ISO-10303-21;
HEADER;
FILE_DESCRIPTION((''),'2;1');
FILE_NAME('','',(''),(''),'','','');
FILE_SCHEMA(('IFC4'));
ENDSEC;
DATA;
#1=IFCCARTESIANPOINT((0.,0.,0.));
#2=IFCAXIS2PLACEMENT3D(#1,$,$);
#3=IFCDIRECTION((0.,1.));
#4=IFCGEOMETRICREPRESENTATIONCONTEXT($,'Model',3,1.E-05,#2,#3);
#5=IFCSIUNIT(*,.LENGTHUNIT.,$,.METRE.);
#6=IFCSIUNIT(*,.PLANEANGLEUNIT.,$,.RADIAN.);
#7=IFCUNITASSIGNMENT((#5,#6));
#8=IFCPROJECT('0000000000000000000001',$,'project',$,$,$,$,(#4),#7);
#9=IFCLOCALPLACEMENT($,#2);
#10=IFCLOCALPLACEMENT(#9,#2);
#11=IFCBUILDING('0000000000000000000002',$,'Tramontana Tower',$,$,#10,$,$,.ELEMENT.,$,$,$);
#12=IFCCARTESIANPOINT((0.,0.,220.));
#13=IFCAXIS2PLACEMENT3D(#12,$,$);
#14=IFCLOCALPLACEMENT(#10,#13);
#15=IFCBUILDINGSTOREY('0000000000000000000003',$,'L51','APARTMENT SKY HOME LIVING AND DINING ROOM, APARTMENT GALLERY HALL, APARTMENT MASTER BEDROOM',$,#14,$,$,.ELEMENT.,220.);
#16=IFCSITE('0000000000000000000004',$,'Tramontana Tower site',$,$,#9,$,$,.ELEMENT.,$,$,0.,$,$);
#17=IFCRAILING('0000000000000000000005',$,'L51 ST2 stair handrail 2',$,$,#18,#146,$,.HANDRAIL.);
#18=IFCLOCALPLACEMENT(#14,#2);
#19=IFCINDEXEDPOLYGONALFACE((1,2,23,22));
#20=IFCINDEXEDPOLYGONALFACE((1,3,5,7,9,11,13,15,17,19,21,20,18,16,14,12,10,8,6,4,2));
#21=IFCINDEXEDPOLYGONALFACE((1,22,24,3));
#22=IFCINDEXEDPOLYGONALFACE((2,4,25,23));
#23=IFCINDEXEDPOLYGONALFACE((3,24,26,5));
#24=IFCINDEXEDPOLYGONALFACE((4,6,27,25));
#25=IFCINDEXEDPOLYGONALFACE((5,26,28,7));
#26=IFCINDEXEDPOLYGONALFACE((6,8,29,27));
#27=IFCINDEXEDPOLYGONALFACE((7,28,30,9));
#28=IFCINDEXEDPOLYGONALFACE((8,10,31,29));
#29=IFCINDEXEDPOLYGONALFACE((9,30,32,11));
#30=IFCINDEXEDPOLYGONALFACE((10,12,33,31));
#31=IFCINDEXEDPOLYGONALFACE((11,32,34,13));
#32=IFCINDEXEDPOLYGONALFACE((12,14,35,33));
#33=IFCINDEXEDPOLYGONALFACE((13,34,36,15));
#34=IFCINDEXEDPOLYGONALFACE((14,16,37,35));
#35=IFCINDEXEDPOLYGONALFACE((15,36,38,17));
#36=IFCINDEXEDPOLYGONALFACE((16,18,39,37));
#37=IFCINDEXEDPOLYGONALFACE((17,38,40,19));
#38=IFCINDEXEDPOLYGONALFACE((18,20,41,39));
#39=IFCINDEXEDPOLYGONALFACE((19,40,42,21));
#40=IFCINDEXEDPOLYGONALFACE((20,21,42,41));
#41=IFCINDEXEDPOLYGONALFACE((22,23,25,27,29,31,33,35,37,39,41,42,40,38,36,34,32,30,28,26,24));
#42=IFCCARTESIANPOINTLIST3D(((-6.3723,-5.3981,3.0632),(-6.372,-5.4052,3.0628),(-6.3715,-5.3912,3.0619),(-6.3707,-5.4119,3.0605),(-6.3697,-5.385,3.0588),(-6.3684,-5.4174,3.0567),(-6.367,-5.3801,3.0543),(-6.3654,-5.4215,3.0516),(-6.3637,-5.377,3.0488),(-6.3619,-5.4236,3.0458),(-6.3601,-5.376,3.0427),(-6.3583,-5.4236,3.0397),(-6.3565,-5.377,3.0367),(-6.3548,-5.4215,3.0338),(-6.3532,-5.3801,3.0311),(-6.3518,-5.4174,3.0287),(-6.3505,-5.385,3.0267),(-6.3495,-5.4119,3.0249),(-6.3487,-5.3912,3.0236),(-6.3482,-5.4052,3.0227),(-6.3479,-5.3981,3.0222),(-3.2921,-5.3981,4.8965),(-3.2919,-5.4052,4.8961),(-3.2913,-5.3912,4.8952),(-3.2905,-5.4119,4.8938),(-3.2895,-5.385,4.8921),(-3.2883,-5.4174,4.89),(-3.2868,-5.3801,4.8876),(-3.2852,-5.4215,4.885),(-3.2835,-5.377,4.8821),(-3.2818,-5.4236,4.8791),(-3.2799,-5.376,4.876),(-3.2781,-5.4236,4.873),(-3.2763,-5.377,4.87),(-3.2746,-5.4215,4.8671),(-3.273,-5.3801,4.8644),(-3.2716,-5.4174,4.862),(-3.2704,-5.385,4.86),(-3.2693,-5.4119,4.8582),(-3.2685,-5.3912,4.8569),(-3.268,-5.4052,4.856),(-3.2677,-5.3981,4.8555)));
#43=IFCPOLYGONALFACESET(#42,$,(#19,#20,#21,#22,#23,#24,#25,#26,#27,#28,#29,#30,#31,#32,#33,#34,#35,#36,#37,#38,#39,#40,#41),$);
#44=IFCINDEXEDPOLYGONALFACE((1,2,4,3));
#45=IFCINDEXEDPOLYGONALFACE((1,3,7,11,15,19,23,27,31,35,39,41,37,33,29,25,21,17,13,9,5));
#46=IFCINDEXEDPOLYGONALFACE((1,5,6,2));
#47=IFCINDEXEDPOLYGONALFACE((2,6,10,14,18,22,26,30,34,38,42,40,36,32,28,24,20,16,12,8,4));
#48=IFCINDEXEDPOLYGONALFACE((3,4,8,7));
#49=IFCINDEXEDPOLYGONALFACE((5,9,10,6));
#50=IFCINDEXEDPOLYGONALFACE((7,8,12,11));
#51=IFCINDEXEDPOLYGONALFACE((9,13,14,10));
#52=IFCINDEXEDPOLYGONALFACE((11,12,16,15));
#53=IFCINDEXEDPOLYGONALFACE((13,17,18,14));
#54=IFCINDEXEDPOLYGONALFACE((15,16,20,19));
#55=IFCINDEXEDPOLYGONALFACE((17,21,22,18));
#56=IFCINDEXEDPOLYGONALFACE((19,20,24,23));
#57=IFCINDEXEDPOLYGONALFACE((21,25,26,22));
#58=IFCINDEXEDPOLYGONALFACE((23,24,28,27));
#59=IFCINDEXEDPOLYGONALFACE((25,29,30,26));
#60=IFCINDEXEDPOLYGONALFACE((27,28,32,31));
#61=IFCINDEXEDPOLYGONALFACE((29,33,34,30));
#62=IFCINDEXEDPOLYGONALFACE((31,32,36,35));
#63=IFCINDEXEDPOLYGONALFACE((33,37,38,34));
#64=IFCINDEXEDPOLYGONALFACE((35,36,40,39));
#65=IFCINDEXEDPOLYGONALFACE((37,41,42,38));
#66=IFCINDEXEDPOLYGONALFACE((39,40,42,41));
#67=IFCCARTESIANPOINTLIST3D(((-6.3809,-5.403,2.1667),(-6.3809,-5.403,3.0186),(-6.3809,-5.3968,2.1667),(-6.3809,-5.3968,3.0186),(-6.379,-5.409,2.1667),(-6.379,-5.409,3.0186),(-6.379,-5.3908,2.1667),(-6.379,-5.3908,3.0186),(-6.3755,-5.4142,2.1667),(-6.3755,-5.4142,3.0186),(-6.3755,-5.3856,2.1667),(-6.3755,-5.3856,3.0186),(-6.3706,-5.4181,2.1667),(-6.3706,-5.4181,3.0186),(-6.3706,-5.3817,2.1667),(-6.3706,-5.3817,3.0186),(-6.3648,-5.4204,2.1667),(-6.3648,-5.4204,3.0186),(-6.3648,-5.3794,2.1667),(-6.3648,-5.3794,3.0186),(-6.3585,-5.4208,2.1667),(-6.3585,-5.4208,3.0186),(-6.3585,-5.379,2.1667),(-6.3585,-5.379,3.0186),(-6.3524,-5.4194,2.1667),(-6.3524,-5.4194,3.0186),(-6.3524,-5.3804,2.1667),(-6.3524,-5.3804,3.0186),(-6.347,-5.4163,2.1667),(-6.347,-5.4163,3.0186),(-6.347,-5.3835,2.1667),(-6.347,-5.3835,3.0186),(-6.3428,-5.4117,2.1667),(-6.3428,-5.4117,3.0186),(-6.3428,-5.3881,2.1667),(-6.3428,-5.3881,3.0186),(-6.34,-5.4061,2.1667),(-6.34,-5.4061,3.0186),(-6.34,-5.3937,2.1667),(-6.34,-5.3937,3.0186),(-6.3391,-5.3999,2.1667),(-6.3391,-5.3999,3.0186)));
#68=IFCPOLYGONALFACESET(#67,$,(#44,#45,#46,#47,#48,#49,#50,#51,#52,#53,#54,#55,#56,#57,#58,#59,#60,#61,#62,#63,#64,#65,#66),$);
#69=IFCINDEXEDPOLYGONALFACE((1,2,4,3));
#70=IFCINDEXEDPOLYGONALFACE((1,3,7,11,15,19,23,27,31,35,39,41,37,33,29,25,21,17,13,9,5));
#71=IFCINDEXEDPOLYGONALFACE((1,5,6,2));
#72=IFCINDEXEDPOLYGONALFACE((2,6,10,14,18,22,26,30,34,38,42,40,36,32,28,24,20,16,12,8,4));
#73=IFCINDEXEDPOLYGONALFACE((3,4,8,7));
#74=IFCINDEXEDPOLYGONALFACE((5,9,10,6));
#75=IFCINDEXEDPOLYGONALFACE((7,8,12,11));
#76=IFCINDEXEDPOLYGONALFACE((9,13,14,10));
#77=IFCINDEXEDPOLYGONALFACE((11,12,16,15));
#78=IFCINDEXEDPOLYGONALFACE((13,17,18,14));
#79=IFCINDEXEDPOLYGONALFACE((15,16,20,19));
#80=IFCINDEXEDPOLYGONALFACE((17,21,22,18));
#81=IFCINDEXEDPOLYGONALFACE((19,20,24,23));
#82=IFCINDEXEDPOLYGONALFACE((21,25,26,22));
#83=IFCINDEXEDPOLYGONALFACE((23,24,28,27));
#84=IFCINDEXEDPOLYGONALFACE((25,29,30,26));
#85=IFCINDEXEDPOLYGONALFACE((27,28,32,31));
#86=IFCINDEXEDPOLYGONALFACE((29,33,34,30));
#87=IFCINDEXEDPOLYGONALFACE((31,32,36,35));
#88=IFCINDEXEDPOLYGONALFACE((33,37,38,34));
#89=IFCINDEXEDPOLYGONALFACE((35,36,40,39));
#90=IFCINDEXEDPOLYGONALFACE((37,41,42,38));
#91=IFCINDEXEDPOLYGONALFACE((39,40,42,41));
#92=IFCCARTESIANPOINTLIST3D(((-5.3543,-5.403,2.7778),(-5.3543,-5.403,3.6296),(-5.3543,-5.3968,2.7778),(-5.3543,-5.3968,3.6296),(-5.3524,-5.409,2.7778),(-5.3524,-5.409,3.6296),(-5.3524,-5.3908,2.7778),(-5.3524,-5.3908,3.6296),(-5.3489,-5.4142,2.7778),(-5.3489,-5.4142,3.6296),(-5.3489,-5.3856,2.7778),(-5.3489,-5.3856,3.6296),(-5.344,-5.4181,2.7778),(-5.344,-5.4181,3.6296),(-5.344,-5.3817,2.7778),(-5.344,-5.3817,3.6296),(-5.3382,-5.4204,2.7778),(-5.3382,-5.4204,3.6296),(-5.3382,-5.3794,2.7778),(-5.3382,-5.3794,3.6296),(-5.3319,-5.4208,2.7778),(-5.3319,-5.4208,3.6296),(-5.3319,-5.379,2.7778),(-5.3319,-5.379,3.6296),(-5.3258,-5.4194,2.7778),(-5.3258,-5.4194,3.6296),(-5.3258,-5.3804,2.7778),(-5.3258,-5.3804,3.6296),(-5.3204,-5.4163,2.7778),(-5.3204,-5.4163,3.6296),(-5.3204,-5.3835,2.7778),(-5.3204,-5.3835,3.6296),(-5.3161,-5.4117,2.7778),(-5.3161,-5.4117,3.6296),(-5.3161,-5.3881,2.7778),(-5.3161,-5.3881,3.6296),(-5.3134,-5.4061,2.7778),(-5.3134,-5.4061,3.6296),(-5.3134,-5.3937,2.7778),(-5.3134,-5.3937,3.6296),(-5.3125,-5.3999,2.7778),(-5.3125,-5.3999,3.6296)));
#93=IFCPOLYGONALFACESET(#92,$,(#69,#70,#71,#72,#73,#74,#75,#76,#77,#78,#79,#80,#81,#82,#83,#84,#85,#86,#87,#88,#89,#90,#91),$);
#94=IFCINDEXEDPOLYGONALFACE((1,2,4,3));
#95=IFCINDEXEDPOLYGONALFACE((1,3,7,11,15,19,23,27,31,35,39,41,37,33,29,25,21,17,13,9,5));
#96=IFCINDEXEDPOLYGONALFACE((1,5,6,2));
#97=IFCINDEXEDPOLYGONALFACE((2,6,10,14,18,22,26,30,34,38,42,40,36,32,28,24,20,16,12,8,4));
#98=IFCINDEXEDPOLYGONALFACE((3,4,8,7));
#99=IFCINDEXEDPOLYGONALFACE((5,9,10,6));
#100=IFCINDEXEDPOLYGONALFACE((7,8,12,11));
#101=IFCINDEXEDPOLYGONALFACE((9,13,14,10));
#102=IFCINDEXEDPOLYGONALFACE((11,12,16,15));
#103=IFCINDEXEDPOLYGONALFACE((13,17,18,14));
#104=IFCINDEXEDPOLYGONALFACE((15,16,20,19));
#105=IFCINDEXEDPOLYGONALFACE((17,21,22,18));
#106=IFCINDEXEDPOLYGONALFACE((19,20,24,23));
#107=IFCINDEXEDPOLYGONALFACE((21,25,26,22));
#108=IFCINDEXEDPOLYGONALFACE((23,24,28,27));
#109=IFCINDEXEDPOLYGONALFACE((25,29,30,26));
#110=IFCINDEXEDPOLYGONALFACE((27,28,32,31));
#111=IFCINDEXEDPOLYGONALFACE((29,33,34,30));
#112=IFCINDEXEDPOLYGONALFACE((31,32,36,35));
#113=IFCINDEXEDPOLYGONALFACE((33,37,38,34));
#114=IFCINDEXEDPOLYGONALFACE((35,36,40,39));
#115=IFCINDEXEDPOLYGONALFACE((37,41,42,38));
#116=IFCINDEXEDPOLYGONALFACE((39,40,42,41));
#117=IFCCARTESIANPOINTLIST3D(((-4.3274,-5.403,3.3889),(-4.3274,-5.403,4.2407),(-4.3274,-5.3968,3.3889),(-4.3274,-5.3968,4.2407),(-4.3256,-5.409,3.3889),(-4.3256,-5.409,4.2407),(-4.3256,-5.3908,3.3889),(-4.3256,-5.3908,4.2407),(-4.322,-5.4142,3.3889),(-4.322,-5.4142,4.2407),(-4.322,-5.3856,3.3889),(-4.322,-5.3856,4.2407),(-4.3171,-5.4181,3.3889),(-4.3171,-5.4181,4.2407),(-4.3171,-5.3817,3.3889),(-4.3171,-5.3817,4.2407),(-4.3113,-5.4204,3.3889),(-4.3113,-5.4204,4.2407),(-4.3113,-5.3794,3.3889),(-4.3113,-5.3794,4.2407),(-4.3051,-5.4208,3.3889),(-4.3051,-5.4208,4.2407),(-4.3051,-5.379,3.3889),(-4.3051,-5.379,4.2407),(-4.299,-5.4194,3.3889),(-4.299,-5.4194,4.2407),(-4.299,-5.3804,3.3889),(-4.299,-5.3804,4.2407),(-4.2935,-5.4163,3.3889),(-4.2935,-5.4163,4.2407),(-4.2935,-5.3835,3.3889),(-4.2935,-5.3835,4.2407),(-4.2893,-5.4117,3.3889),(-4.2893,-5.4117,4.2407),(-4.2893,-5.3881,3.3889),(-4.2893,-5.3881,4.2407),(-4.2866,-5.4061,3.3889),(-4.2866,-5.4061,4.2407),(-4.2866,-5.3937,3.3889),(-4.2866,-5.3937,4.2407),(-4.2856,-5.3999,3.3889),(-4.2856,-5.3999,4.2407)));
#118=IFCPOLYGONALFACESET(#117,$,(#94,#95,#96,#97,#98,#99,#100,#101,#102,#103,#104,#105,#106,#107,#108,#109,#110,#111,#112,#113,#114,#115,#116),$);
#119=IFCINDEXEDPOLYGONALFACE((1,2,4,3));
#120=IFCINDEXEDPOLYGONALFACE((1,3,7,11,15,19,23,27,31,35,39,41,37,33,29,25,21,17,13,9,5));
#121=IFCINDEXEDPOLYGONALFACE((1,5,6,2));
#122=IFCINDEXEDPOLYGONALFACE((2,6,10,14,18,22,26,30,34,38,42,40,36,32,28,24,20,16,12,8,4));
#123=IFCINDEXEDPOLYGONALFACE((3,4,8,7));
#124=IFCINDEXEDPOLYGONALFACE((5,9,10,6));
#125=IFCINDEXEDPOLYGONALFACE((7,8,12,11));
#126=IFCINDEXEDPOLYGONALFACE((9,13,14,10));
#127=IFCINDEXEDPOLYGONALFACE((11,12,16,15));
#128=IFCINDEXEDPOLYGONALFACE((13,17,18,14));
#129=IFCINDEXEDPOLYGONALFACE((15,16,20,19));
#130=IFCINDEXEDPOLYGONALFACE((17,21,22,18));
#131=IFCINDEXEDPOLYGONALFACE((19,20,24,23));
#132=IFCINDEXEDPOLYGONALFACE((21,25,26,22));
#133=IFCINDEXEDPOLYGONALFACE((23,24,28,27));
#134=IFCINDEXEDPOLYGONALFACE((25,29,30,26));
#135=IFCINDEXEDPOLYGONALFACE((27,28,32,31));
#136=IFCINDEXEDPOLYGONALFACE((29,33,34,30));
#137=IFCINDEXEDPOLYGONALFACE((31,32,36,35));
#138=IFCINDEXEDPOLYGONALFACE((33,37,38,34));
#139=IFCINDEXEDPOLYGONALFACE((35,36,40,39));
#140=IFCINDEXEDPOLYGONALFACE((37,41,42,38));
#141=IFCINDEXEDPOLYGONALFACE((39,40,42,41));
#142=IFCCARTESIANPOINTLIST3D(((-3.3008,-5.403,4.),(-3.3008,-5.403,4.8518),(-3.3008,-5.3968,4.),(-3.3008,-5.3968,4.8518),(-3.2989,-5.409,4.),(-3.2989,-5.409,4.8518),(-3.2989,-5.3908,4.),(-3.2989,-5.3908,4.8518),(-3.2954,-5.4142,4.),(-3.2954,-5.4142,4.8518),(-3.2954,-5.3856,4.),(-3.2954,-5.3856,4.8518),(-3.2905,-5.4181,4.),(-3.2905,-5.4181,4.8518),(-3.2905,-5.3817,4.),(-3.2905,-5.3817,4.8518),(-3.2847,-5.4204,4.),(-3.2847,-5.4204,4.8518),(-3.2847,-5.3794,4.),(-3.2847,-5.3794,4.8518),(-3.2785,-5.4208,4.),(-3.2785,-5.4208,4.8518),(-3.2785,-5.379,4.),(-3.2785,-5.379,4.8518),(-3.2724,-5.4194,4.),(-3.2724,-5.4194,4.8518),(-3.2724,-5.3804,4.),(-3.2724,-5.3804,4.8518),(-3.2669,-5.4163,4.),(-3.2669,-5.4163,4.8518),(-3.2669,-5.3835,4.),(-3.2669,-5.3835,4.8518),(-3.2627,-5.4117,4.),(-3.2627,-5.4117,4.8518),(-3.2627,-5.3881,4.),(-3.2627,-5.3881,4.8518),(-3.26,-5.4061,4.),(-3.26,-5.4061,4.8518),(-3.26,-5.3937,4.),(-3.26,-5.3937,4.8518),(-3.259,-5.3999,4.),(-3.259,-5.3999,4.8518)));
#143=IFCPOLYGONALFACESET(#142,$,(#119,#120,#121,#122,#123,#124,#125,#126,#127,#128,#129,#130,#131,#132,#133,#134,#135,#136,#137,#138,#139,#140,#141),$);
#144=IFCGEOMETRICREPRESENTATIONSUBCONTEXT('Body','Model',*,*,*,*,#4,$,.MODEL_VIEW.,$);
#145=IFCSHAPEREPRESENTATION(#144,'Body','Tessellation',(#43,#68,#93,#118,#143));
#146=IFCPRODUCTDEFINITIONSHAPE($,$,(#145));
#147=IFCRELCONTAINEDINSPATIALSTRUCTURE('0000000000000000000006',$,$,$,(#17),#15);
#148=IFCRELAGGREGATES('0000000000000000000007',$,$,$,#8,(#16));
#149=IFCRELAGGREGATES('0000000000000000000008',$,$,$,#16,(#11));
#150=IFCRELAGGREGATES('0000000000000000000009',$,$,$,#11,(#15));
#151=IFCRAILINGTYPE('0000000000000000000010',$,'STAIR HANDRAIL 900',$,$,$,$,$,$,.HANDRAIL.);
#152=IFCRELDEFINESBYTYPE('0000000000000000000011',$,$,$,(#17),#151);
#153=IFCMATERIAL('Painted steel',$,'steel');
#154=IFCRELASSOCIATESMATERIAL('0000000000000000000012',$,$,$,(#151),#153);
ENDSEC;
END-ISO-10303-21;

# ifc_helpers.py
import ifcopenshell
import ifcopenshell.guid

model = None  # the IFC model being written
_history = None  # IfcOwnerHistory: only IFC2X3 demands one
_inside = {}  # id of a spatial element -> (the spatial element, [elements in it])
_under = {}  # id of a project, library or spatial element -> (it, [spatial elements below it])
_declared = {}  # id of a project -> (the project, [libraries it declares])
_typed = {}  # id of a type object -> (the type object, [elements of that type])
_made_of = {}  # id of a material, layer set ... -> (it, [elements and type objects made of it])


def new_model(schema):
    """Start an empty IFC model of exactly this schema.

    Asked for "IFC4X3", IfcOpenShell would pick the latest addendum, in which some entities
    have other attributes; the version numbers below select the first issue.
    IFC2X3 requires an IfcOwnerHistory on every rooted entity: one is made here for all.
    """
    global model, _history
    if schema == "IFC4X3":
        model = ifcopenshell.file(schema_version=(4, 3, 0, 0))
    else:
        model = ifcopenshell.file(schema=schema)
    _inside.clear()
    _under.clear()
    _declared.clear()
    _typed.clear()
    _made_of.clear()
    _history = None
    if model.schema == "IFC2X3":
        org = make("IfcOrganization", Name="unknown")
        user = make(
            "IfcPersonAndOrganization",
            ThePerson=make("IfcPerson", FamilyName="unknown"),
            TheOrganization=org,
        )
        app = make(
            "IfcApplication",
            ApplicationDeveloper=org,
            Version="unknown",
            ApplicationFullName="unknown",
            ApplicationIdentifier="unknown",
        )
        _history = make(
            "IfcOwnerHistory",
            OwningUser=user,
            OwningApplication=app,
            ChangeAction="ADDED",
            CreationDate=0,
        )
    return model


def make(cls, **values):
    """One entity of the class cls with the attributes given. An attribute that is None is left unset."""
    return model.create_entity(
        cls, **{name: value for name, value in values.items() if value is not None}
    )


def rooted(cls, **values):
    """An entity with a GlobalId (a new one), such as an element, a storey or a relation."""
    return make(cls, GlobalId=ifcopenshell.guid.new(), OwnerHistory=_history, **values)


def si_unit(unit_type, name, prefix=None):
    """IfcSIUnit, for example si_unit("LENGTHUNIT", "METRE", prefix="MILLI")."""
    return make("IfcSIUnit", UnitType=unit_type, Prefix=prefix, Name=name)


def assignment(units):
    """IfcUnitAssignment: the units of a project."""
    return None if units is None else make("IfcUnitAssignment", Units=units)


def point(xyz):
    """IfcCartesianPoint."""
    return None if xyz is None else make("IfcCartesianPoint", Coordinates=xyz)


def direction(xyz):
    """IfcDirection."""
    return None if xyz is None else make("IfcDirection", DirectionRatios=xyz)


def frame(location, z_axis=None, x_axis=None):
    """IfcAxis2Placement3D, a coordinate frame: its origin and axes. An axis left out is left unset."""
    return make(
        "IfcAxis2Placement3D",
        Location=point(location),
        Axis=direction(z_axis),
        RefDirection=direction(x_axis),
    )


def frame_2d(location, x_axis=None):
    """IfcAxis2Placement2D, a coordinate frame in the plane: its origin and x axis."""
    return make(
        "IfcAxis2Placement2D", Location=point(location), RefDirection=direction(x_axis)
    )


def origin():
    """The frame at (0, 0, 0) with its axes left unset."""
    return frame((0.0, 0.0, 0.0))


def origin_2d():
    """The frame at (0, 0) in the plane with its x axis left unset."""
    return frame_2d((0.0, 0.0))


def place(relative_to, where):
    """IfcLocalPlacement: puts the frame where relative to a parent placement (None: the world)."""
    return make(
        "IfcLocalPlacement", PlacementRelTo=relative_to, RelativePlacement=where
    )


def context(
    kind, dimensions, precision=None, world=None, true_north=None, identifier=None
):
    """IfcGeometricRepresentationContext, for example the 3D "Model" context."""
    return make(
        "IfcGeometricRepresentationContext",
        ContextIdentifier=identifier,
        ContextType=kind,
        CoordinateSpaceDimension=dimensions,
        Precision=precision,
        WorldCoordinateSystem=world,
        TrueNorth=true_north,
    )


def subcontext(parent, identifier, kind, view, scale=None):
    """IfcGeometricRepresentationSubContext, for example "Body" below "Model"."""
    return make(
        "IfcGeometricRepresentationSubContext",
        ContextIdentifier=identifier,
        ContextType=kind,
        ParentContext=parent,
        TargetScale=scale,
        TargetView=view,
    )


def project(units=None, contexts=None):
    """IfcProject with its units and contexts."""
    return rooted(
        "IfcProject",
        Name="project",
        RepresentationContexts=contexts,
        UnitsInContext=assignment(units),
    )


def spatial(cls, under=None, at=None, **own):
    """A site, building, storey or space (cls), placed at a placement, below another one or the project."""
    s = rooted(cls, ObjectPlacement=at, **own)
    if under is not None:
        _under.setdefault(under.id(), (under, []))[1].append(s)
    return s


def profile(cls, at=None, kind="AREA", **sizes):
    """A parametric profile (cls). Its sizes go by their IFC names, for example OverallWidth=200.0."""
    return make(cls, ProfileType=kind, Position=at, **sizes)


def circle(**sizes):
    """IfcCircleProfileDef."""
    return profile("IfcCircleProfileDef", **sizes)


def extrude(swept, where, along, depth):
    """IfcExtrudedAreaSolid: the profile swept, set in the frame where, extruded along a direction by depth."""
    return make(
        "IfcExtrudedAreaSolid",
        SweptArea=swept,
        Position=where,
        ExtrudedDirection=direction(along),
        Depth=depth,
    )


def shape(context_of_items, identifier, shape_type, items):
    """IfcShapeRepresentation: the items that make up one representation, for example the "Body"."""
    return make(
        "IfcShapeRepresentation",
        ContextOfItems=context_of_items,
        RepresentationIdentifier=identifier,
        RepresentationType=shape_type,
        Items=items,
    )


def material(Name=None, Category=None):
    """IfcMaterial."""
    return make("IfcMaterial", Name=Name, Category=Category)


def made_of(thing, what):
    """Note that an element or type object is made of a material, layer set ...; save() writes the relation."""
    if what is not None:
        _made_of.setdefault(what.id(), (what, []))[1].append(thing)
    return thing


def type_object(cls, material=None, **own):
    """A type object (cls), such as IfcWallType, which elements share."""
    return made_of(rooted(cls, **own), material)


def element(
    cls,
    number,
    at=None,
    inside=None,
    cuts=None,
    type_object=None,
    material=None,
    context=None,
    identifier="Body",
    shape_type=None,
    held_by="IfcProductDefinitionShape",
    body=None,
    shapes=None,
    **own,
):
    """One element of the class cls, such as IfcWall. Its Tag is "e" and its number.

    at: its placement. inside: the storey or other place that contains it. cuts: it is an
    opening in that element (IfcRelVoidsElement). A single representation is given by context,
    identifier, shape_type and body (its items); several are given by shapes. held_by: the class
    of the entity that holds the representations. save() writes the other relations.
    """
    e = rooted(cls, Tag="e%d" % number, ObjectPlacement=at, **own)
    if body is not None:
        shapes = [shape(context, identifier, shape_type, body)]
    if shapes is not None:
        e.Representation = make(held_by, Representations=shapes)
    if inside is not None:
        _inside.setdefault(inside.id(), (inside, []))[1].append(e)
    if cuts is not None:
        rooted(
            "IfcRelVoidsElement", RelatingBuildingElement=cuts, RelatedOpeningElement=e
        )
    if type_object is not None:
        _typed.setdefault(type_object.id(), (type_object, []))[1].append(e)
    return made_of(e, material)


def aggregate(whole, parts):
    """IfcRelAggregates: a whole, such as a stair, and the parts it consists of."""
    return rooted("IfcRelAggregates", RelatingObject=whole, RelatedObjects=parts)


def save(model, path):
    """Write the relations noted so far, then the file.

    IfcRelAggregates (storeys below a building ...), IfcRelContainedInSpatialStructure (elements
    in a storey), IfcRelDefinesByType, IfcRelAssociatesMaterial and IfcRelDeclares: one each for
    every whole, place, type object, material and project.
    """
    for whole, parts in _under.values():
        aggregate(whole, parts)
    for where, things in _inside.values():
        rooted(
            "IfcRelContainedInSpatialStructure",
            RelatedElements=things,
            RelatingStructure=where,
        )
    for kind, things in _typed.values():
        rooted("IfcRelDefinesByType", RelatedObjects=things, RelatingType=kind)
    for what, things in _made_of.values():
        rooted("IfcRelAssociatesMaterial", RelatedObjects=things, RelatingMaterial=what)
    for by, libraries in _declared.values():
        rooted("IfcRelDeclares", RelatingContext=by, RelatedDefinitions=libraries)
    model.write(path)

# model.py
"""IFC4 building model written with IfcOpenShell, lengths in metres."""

from ifc_helpers import new_model, si_unit, direction, frame, origin, origin_2d, place, context, subcontext, project, spatial, circle, extrude, material, type_object, element, save


model = new_model("IFC4")

# Units and contexts
model_context = context("Model", 3, precision=1e-05, world=origin(), true_north=direction((0.0, 1.0)))
body_context = subcontext(model_context, "Body", "Model", "MODEL_VIEW")
ifc_project = project(units=[si_unit("LENGTHUNIT", "METRE"), si_unit("PLANEANGLEUNIT", "RADIAN")], contexts=[model_context])

# Site, building, storey
site_placement = place(None, origin())
site = spatial("IfcSite", under=ifc_project, at=site_placement, Name="Tramontana Tower site", CompositionType="ELEMENT", RefElevation=0.0)
building_placement = place(site_placement, origin())
building = spatial("IfcBuilding", under=site, at=building_placement, Name="Tramontana Tower", CompositionType="ELEMENT")
storey_placement = place(building_placement, frame((0.0, 0.0, 220.0)))
storey = spatial("IfcBuildingStorey", under=building, at=storey_placement, Name="L51", Description="APARTMENT SKY HOME LIVING AND DINING ROOM, APARTMENT GALLERY HALL, APARTMENT MASTER BEDROOM", CompositionType="ELEMENT", Elevation=220.0)

# Railing
ifc_material_1 = material(Name="Painted steel", Category="steel")
railing_type_1 = type_object("IfcRailingType", Name="STAIR HANDRAIL 900", PredefinedType="HANDRAIL", material=ifc_material_1)
railing_1_placement = place(storey_placement, frame((-6.3601, -5.3999, 2.1667)))
element("IfcRailing", 1, at=railing_1_placement, inside=storey, type_object=railing_type_1, Name="L51 ST2 stair handrail 2", PredefinedType="HANDRAIL", context=body_context, shape_type="SweptSolid", body=[
    extrude(circle(Radius=0.0239, at=origin_2d()), frame((0.0, 0.0, 0.876), z_axis=(0.859309, 0.0, 0.511458), x_axis=(0.0, 1.0, 0.0)), (0.0, 0.0, 1.0), 3.5845),
    extrude(circle(Radius=0.021, at=origin_2d()), origin(), (0.0, 0.0, 1.0), 0.8518),
    extrude(circle(Radius=0.021, at=origin_2d()), frame((1.0266, 0.0, 0.6111)), (0.0, 0.0, 1.0), 0.8518),
    extrude(circle(Radius=0.021, at=origin_2d()), frame((2.0535, 0.0, 1.2222)), (0.0, 0.0, 1.0), 0.8518),
    extrude(circle(Radius=0.021, at=origin_2d()), frame((3.0801, 0.0, 1.8333)), (0.0, 0.0, 1.0), 0.8518),
])

save(model, "model.ifc")
